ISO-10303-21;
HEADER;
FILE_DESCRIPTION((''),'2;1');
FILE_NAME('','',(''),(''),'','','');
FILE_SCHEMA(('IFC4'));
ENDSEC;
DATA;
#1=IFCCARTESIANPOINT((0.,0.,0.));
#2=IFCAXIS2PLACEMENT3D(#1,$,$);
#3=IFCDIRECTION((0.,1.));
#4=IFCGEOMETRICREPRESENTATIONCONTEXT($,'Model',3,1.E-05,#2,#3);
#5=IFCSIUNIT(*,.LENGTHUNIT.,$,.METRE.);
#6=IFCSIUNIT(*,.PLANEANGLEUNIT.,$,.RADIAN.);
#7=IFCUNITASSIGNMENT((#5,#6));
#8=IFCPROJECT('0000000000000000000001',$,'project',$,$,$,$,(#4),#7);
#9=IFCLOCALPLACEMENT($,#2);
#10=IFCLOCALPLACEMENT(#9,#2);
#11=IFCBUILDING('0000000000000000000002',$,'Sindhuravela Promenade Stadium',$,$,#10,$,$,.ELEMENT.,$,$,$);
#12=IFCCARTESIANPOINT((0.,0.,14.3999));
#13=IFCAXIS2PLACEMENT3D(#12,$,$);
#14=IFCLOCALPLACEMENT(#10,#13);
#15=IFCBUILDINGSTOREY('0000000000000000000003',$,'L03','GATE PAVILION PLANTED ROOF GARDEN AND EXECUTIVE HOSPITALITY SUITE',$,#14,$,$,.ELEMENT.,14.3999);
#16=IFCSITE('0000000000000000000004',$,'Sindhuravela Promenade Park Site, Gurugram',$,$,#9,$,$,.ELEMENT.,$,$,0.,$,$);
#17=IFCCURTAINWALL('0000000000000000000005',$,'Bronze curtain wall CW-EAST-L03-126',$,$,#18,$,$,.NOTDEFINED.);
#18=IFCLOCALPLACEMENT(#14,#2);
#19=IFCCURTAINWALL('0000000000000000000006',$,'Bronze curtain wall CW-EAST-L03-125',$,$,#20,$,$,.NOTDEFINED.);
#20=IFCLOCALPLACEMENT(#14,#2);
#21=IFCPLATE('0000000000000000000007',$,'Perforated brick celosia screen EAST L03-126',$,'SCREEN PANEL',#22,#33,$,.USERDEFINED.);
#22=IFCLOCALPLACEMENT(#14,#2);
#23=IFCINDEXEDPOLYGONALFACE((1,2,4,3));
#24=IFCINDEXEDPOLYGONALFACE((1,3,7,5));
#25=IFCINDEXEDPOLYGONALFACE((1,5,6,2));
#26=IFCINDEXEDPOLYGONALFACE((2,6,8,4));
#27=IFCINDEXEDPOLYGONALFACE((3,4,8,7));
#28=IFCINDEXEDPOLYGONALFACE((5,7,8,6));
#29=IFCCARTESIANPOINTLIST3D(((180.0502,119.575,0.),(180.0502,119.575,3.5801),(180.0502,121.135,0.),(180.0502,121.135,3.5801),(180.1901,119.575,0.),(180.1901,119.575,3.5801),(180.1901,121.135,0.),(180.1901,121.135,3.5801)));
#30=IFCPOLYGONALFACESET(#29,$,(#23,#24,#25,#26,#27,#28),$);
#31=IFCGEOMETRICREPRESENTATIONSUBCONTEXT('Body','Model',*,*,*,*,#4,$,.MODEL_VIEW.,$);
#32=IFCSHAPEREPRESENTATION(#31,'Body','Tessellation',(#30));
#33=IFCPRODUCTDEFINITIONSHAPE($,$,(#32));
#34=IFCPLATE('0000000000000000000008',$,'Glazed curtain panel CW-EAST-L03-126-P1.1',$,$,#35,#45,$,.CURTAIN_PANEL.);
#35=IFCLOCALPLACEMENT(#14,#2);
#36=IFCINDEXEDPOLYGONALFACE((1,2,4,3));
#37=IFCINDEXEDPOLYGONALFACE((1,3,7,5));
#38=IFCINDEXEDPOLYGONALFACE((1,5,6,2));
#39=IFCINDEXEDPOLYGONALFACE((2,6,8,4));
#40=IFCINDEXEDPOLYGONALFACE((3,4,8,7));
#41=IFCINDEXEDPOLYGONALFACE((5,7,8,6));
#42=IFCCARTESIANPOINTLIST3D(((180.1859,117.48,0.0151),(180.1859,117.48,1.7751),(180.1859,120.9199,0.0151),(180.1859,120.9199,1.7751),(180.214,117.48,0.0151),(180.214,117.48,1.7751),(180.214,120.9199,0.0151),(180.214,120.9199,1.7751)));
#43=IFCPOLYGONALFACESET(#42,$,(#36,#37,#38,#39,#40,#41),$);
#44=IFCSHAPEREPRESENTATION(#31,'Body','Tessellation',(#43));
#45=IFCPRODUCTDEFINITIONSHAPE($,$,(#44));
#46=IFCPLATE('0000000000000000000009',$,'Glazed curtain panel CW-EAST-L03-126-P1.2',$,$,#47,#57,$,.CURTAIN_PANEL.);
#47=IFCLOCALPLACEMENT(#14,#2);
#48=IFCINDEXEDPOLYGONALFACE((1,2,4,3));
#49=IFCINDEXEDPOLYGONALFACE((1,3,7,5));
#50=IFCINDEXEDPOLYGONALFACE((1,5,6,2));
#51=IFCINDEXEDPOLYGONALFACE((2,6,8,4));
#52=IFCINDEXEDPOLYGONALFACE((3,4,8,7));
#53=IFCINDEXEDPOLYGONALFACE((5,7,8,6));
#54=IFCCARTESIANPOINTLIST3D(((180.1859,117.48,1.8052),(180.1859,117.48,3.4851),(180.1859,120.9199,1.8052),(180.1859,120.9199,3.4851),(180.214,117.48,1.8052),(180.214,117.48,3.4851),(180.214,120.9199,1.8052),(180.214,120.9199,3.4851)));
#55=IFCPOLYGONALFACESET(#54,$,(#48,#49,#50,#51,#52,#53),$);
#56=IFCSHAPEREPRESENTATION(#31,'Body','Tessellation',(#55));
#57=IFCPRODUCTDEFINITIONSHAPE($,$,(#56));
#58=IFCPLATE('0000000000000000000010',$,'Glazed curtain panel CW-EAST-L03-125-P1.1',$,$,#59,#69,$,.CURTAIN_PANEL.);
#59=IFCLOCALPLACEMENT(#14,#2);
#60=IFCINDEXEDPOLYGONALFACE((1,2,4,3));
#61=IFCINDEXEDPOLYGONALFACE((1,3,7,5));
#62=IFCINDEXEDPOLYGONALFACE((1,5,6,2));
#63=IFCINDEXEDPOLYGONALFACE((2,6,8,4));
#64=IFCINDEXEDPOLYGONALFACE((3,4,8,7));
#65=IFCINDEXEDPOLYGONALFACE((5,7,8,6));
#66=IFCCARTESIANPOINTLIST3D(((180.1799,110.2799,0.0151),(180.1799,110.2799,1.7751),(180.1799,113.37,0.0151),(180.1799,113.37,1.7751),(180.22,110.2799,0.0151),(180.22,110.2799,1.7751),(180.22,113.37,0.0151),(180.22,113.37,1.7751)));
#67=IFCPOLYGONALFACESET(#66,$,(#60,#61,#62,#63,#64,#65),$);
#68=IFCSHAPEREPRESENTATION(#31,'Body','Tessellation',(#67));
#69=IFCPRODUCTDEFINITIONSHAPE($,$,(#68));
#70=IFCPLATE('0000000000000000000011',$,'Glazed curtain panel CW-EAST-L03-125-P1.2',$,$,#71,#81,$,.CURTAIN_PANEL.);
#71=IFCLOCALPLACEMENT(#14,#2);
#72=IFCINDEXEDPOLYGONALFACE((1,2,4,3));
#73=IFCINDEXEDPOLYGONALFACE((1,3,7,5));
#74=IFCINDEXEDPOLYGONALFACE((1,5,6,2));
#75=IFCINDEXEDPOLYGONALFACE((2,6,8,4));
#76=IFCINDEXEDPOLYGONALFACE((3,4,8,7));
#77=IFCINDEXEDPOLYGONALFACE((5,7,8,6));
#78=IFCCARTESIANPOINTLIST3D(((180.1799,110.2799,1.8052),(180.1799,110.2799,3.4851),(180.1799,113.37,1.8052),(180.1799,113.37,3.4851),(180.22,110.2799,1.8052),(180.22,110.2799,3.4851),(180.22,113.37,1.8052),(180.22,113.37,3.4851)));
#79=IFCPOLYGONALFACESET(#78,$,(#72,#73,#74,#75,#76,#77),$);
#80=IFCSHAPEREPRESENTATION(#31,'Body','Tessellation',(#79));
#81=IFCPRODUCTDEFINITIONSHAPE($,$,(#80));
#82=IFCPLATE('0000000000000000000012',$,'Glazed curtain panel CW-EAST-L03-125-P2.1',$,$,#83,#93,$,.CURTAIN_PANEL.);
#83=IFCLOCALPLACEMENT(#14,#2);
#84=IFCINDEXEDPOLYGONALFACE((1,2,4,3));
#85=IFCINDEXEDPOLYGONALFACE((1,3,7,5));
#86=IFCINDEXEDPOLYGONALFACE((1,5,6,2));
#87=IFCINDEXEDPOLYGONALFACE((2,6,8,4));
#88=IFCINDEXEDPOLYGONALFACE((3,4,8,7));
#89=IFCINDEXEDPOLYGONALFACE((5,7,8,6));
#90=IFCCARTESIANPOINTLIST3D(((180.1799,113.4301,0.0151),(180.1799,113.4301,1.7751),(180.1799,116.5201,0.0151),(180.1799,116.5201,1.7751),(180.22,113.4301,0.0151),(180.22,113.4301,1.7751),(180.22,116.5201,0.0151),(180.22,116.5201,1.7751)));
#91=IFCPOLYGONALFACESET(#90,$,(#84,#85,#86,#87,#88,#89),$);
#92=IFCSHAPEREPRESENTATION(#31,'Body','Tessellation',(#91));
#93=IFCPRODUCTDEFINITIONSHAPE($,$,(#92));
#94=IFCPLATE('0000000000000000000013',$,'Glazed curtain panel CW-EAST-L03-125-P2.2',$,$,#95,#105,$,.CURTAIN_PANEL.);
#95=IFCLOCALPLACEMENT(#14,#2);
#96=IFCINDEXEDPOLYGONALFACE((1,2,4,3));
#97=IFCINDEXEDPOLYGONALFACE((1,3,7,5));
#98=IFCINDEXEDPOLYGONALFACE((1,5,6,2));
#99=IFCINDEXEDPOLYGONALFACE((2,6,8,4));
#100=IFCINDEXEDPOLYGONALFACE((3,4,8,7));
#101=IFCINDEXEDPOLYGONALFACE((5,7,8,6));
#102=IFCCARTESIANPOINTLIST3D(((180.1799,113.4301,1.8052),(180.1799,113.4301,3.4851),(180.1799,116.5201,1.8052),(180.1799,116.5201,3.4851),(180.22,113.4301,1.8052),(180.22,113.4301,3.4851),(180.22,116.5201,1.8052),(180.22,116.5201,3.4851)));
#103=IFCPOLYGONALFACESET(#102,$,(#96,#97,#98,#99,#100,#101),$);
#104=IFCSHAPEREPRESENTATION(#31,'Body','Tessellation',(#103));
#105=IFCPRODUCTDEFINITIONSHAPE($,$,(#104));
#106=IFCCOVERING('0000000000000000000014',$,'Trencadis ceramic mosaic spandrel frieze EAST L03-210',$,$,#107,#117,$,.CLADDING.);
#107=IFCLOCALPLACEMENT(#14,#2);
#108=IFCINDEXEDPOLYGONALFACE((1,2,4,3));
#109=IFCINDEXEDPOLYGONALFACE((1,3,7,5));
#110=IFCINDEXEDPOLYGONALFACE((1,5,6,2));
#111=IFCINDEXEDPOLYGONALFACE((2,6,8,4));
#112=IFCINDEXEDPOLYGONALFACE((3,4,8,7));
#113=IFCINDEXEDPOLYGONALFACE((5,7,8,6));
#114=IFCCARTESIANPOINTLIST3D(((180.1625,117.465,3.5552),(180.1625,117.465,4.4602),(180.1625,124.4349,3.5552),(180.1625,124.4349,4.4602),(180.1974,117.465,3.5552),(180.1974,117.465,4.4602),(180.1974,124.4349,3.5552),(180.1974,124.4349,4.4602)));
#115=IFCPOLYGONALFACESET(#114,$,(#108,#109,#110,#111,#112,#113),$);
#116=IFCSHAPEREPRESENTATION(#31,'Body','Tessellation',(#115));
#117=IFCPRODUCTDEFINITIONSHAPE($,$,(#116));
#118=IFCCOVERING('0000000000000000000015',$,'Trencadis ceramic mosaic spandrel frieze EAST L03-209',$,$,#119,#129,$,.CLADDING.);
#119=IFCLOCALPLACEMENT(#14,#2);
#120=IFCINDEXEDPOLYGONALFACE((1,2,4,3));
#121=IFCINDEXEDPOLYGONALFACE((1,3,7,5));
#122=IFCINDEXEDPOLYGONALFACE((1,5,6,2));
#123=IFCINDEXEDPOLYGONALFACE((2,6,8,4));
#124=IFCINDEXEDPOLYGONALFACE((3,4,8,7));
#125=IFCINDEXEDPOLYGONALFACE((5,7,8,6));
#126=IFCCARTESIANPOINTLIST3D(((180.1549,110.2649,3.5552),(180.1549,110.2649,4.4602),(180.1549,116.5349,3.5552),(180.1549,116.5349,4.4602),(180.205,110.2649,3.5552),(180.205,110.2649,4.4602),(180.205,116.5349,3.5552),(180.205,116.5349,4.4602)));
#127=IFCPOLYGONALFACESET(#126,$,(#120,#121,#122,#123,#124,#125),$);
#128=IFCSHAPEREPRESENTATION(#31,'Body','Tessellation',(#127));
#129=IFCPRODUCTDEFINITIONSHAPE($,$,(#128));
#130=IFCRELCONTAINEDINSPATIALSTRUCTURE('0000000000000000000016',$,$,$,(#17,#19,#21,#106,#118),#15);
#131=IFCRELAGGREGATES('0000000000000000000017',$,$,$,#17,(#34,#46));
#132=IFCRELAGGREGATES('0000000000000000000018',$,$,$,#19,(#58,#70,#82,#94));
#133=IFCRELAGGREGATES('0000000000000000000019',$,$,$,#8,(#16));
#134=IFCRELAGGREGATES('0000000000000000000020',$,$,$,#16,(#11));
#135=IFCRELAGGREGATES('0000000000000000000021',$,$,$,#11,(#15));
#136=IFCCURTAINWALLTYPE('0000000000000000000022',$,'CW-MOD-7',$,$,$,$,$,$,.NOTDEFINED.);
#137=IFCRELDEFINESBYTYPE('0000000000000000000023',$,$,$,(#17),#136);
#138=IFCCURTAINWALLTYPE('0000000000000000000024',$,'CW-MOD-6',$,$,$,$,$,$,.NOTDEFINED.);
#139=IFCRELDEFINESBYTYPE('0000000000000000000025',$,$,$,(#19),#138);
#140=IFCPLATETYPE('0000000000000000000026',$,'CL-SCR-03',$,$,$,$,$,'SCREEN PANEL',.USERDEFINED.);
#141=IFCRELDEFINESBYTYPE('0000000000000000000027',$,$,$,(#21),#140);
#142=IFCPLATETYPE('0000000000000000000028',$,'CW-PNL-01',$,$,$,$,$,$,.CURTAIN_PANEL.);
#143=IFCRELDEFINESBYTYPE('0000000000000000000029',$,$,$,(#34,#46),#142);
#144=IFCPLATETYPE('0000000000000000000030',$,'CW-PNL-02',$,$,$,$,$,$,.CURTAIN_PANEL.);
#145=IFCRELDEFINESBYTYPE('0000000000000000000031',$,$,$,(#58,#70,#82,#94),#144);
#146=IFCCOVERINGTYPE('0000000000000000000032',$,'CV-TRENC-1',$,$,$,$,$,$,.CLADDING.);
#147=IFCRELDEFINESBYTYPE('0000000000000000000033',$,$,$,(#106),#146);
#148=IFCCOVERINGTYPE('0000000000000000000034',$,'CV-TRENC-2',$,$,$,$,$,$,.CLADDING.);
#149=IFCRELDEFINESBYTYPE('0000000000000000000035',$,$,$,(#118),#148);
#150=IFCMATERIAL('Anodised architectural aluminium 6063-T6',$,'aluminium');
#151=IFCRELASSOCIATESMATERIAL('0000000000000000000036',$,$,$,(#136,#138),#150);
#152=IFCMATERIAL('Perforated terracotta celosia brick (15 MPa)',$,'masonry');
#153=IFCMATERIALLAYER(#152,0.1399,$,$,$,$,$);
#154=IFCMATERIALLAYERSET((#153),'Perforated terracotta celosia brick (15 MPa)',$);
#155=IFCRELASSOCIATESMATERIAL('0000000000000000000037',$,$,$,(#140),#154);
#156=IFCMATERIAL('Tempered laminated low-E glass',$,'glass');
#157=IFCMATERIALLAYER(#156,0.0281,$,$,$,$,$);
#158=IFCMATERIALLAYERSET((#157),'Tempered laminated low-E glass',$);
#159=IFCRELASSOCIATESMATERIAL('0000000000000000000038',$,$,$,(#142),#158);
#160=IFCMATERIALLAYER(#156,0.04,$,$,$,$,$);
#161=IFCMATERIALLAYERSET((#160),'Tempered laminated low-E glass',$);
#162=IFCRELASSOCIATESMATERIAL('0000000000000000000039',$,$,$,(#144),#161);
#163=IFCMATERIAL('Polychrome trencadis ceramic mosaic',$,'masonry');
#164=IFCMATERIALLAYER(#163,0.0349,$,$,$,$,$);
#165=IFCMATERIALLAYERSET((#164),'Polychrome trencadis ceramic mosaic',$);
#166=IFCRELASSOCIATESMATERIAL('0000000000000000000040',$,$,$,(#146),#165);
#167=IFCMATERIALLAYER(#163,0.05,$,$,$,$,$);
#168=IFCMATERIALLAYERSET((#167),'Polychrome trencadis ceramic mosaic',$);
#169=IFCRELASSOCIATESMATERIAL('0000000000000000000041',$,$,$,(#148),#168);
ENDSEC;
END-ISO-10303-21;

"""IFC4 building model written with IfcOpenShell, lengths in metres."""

from ifc_helpers import new_model, si_unit, direction, frame, origin, origin_2d, place, context, subcontext, project, spatial, rectangle, extrude, material, layer, layer_set, type_object, element, aggregate, save


model = new_model("IFC4")

# Units and contexts
model_context = context("Model", 3, precision=1e-05, world=origin(), true_north=direction((0.0, 1.0)))
body_context = subcontext(model_context, "Body", "Model", "MODEL_VIEW")
ifc_project = project(units=[si_unit("LENGTHUNIT", "METRE"), si_unit("PLANEANGLEUNIT", "RADIAN")], contexts=[model_context])

# Site, building, storey
site_placement = place(None, origin())
site = spatial("IfcSite", under=ifc_project, at=site_placement, Name="Sindhuravela Promenade Park Site, Gurugram", CompositionType="ELEMENT", RefElevation=0.0)
building_placement = place(site_placement, origin())
building = spatial("IfcBuilding", under=site, at=building_placement, Name="Sindhuravela Promenade Stadium", CompositionType="ELEMENT")
storey_placement = place(building_placement, frame((0.0, 0.0, 14.3999)))
storey = spatial("IfcBuildingStorey", under=building, at=storey_placement, Name="L03", Description="GATE PAVILION PLANTED ROOF GARDEN AND EXECUTIVE HOSPITALITY SUITE", CompositionType="ELEMENT", Elevation=14.3999)

# Curtain walls
ifc_material_1 = material(Name="Anodised architectural aluminium 6063-T6", Category="aluminium")
curtain_wall_type_1 = type_object("IfcCurtainWallType", Name="CW-MOD-7", PredefinedType="NOTDEFINED", material=ifc_material_1)
curtain_wall_1_placement = place(storey_placement, origin())
curtain_wall_1 = element("IfcCurtainWall", 1, at=curtain_wall_1_placement, inside=storey, type_object=curtain_wall_type_1, Name="Bronze curtain wall CW-EAST-L03-126", PredefinedType="NOTDEFINED")
curtain_wall_type_2 = type_object("IfcCurtainWallType", Name="CW-MOD-6", PredefinedType="NOTDEFINED", material=ifc_material_1)
curtain_wall_2_placement = place(storey_placement, origin())
curtain_wall_2 = element("IfcCurtainWall", 2, at=curtain_wall_2_placement, inside=storey, type_object=curtain_wall_type_2, Name="Bronze curtain wall CW-EAST-L03-125", PredefinedType="NOTDEFINED")

# Plate
ifc_material_2 = material(Name="Perforated terracotta celosia brick (15 MPa)", Category="masonry")
ifc_layer_1 = layer(ifc_material_2, 0.1399)
ifc_layer_set_1 = layer_set([ifc_layer_1], Name="Perforated terracotta celosia brick (15 MPa)")
plate_type_1 = type_object("IfcPlateType", Name="CL-SCR-03", ElementType="SCREEN PANEL", PredefinedType="USERDEFINED", material=ifc_layer_set_1)
plate_1_placement = place(storey_placement, frame((180.1201, 120.355, 0.0), z_axis=(0.0, 0.0, 1.0), x_axis=(0.0, 1.0, 0.0)))
element("IfcPlate", 3, at=plate_1_placement, inside=storey, type_object=plate_type_1, Name="Perforated brick celosia screen EAST L03-126", ObjectType="SCREEN PANEL", PredefinedType="USERDEFINED", context=body_context, shape_type="SweptSolid", body=[
    extrude(rectangle(XDim=1.5601, YDim=0.1399, at=origin_2d()), origin(), (0.0, 0.0, 1.0), 3.5801),
])

# Plates
ifc_material_3 = material(Name="Tempered laminated low-E glass", Category="glass")
ifc_layer_2 = layer(ifc_material_3, 0.0281)
ifc_layer_set_2 = layer_set([ifc_layer_2], Name="Tempered laminated low-E glass")
plate_type_2 = type_object("IfcPlateType", Name="CW-PNL-01", PredefinedType="CURTAIN_PANEL", material=ifc_layer_set_2)
plate_2_placement = place(storey_placement, frame((180.2, 119.2, 0.0151), z_axis=(0.0, 0.0, 1.0), x_axis=(0.0, 1.0, 0.0)))
plate_2 = element("IfcPlate", 4, at=plate_2_placement, type_object=plate_type_2, Name="Glazed curtain panel CW-EAST-L03-126-P1.1", PredefinedType="CURTAIN_PANEL", context=body_context, shape_type="SweptSolid", body=[
    extrude(rectangle(XDim=3.4399, YDim=0.0281, at=origin_2d()), origin(), (0.0, 0.0, 1.0), 1.76),
])
plate_3_placement = place(storey_placement, frame((180.2, 119.2, 1.8052), z_axis=(0.0, 0.0, 1.0), x_axis=(0.0, 1.0, 0.0)))
plate_3 = element("IfcPlate", 5, at=plate_3_placement, type_object=plate_type_2, Name="Glazed curtain panel CW-EAST-L03-126-P1.2", PredefinedType="CURTAIN_PANEL", context=body_context, shape_type="SweptSolid", body=[
    extrude(rectangle(XDim=3.4399, YDim=0.0281, at=origin_2d()), origin(), (0.0, 0.0, 1.0), 1.6799),
])
aggregate(curtain_wall_1, [plate_2, plate_3])
ifc_layer_3 = layer(ifc_material_3, 0.04)
ifc_layer_set_3 = layer_set([ifc_layer_3], Name="Tempered laminated low-E glass")
plate_type_3 = type_object("IfcPlateType", Name="CW-PNL-02", PredefinedType="CURTAIN_PANEL", material=ifc_layer_set_3)
plate_4_placement = place(storey_placement, frame((180.2, 111.825, 0.0151), z_axis=(0.0, 0.0, 1.0), x_axis=(0.0, 1.0, 0.0)))
plate_4 = element("IfcPlate", 6, at=plate_4_placement, type_object=plate_type_3, Name="Glazed curtain panel CW-EAST-L03-125-P1.1", PredefinedType="CURTAIN_PANEL", context=body_context, shape_type="SweptSolid", body=[
    extrude(rectangle(XDim=3.0901, YDim=0.04, at=origin_2d()), origin(), (0.0, 0.0, 1.0), 1.76),
])
plate_5_placement = place(storey_placement, frame((180.2, 111.825, 1.8052), z_axis=(0.0, 0.0, 1.0), x_axis=(0.0, 1.0, 0.0)))
plate_5 = element("IfcPlate", 7, at=plate_5_placement, type_object=plate_type_3, Name="Glazed curtain panel CW-EAST-L03-125-P1.2", PredefinedType="CURTAIN_PANEL", context=body_context, shape_type="SweptSolid", body=[
    extrude(rectangle(XDim=3.0901, YDim=0.04, at=origin_2d()), origin(), (0.0, 0.0, 1.0), 1.6799),
])
plate_6_placement = place(storey_placement, frame((180.2, 114.9751, 0.0151), z_axis=(0.0, 0.0, 1.0), x_axis=(0.0, 1.0, 0.0)))
plate_6 = element("IfcPlate", 8, at=plate_6_placement, type_object=plate_type_3, Name="Glazed curtain panel CW-EAST-L03-125-P2.1", PredefinedType="CURTAIN_PANEL", context=body_context, shape_type="SweptSolid", body=[
    extrude(rectangle(XDim=3.0901, YDim=0.04, at=origin_2d()), origin(), (0.0, 0.0, 1.0), 1.76),
])
plate_7_placement = place(storey_placement, frame((180.2, 114.9751, 1.8052), z_axis=(0.0, 0.0, 1.0), x_axis=(0.0, 1.0, 0.0)))
plate_7 = element("IfcPlate", 9, at=plate_7_placement, type_object=plate_type_3, Name="Glazed curtain panel CW-EAST-L03-125-P2.2", PredefinedType="CURTAIN_PANEL", context=body_context, shape_type="SweptSolid", body=[
    extrude(rectangle(XDim=3.0901, YDim=0.04, at=origin_2d()), origin(), (0.0, 0.0, 1.0), 1.6799),
])
aggregate(curtain_wall_2, [plate_4, plate_5, plate_6, plate_7])

# Coverings
ifc_material_4 = material(Name="Polychrome trencadis ceramic mosaic", Category="masonry")
ifc_layer_4 = layer(ifc_material_4, 0.0349)
ifc_layer_set_4 = layer_set([ifc_layer_4], Name="Polychrome trencadis ceramic mosaic")
covering_type_1 = type_object("IfcCoveringType", Name="CV-TRENC-1", PredefinedType="CLADDING", material=ifc_layer_set_4)
covering_1_placement = place(storey_placement, frame((180.1799, 120.95, 3.5552), z_axis=(0.0, 0.0, 1.0), x_axis=(0.0, 1.0, 0.0)))
element("IfcCovering", 10, at=covering_1_placement, inside=storey, type_object=covering_type_1, Name="Trencadis ceramic mosaic spandrel frieze EAST L03-210", PredefinedType="CLADDING", context=body_context, shape_type="SweptSolid", body=[
    extrude(rectangle(XDim=6.97, YDim=0.0349, at=origin_2d()), origin(), (0.0, 0.0, 1.0), 0.905),
])
ifc_layer_5 = layer(ifc_material_4, 0.05)
ifc_layer_set_5 = layer_set([ifc_layer_5], Name="Polychrome trencadis ceramic mosaic")
covering_type_2 = type_object("IfcCoveringType", Name="CV-TRENC-2", PredefinedType="CLADDING", material=ifc_layer_set_5)
covering_2_placement = place(storey_placement, frame((180.1799, 113.3999, 3.5552), z_axis=(0.0, 0.0, 1.0), x_axis=(0.0, 1.0, 0.0)))
element("IfcCovering", 11, at=covering_2_placement, inside=storey, type_object=covering_type_2, Name="Trencadis ceramic mosaic spandrel frieze EAST L03-209", PredefinedType="CLADDING", context=body_context, shape_type="SweptSolid", body=[
    extrude(rectangle(XDim=6.27, YDim=0.05, at=origin_2d()), origin(), (0.0, 0.0, 1.0), 0.905),
])

save(model, "model.ifc")
